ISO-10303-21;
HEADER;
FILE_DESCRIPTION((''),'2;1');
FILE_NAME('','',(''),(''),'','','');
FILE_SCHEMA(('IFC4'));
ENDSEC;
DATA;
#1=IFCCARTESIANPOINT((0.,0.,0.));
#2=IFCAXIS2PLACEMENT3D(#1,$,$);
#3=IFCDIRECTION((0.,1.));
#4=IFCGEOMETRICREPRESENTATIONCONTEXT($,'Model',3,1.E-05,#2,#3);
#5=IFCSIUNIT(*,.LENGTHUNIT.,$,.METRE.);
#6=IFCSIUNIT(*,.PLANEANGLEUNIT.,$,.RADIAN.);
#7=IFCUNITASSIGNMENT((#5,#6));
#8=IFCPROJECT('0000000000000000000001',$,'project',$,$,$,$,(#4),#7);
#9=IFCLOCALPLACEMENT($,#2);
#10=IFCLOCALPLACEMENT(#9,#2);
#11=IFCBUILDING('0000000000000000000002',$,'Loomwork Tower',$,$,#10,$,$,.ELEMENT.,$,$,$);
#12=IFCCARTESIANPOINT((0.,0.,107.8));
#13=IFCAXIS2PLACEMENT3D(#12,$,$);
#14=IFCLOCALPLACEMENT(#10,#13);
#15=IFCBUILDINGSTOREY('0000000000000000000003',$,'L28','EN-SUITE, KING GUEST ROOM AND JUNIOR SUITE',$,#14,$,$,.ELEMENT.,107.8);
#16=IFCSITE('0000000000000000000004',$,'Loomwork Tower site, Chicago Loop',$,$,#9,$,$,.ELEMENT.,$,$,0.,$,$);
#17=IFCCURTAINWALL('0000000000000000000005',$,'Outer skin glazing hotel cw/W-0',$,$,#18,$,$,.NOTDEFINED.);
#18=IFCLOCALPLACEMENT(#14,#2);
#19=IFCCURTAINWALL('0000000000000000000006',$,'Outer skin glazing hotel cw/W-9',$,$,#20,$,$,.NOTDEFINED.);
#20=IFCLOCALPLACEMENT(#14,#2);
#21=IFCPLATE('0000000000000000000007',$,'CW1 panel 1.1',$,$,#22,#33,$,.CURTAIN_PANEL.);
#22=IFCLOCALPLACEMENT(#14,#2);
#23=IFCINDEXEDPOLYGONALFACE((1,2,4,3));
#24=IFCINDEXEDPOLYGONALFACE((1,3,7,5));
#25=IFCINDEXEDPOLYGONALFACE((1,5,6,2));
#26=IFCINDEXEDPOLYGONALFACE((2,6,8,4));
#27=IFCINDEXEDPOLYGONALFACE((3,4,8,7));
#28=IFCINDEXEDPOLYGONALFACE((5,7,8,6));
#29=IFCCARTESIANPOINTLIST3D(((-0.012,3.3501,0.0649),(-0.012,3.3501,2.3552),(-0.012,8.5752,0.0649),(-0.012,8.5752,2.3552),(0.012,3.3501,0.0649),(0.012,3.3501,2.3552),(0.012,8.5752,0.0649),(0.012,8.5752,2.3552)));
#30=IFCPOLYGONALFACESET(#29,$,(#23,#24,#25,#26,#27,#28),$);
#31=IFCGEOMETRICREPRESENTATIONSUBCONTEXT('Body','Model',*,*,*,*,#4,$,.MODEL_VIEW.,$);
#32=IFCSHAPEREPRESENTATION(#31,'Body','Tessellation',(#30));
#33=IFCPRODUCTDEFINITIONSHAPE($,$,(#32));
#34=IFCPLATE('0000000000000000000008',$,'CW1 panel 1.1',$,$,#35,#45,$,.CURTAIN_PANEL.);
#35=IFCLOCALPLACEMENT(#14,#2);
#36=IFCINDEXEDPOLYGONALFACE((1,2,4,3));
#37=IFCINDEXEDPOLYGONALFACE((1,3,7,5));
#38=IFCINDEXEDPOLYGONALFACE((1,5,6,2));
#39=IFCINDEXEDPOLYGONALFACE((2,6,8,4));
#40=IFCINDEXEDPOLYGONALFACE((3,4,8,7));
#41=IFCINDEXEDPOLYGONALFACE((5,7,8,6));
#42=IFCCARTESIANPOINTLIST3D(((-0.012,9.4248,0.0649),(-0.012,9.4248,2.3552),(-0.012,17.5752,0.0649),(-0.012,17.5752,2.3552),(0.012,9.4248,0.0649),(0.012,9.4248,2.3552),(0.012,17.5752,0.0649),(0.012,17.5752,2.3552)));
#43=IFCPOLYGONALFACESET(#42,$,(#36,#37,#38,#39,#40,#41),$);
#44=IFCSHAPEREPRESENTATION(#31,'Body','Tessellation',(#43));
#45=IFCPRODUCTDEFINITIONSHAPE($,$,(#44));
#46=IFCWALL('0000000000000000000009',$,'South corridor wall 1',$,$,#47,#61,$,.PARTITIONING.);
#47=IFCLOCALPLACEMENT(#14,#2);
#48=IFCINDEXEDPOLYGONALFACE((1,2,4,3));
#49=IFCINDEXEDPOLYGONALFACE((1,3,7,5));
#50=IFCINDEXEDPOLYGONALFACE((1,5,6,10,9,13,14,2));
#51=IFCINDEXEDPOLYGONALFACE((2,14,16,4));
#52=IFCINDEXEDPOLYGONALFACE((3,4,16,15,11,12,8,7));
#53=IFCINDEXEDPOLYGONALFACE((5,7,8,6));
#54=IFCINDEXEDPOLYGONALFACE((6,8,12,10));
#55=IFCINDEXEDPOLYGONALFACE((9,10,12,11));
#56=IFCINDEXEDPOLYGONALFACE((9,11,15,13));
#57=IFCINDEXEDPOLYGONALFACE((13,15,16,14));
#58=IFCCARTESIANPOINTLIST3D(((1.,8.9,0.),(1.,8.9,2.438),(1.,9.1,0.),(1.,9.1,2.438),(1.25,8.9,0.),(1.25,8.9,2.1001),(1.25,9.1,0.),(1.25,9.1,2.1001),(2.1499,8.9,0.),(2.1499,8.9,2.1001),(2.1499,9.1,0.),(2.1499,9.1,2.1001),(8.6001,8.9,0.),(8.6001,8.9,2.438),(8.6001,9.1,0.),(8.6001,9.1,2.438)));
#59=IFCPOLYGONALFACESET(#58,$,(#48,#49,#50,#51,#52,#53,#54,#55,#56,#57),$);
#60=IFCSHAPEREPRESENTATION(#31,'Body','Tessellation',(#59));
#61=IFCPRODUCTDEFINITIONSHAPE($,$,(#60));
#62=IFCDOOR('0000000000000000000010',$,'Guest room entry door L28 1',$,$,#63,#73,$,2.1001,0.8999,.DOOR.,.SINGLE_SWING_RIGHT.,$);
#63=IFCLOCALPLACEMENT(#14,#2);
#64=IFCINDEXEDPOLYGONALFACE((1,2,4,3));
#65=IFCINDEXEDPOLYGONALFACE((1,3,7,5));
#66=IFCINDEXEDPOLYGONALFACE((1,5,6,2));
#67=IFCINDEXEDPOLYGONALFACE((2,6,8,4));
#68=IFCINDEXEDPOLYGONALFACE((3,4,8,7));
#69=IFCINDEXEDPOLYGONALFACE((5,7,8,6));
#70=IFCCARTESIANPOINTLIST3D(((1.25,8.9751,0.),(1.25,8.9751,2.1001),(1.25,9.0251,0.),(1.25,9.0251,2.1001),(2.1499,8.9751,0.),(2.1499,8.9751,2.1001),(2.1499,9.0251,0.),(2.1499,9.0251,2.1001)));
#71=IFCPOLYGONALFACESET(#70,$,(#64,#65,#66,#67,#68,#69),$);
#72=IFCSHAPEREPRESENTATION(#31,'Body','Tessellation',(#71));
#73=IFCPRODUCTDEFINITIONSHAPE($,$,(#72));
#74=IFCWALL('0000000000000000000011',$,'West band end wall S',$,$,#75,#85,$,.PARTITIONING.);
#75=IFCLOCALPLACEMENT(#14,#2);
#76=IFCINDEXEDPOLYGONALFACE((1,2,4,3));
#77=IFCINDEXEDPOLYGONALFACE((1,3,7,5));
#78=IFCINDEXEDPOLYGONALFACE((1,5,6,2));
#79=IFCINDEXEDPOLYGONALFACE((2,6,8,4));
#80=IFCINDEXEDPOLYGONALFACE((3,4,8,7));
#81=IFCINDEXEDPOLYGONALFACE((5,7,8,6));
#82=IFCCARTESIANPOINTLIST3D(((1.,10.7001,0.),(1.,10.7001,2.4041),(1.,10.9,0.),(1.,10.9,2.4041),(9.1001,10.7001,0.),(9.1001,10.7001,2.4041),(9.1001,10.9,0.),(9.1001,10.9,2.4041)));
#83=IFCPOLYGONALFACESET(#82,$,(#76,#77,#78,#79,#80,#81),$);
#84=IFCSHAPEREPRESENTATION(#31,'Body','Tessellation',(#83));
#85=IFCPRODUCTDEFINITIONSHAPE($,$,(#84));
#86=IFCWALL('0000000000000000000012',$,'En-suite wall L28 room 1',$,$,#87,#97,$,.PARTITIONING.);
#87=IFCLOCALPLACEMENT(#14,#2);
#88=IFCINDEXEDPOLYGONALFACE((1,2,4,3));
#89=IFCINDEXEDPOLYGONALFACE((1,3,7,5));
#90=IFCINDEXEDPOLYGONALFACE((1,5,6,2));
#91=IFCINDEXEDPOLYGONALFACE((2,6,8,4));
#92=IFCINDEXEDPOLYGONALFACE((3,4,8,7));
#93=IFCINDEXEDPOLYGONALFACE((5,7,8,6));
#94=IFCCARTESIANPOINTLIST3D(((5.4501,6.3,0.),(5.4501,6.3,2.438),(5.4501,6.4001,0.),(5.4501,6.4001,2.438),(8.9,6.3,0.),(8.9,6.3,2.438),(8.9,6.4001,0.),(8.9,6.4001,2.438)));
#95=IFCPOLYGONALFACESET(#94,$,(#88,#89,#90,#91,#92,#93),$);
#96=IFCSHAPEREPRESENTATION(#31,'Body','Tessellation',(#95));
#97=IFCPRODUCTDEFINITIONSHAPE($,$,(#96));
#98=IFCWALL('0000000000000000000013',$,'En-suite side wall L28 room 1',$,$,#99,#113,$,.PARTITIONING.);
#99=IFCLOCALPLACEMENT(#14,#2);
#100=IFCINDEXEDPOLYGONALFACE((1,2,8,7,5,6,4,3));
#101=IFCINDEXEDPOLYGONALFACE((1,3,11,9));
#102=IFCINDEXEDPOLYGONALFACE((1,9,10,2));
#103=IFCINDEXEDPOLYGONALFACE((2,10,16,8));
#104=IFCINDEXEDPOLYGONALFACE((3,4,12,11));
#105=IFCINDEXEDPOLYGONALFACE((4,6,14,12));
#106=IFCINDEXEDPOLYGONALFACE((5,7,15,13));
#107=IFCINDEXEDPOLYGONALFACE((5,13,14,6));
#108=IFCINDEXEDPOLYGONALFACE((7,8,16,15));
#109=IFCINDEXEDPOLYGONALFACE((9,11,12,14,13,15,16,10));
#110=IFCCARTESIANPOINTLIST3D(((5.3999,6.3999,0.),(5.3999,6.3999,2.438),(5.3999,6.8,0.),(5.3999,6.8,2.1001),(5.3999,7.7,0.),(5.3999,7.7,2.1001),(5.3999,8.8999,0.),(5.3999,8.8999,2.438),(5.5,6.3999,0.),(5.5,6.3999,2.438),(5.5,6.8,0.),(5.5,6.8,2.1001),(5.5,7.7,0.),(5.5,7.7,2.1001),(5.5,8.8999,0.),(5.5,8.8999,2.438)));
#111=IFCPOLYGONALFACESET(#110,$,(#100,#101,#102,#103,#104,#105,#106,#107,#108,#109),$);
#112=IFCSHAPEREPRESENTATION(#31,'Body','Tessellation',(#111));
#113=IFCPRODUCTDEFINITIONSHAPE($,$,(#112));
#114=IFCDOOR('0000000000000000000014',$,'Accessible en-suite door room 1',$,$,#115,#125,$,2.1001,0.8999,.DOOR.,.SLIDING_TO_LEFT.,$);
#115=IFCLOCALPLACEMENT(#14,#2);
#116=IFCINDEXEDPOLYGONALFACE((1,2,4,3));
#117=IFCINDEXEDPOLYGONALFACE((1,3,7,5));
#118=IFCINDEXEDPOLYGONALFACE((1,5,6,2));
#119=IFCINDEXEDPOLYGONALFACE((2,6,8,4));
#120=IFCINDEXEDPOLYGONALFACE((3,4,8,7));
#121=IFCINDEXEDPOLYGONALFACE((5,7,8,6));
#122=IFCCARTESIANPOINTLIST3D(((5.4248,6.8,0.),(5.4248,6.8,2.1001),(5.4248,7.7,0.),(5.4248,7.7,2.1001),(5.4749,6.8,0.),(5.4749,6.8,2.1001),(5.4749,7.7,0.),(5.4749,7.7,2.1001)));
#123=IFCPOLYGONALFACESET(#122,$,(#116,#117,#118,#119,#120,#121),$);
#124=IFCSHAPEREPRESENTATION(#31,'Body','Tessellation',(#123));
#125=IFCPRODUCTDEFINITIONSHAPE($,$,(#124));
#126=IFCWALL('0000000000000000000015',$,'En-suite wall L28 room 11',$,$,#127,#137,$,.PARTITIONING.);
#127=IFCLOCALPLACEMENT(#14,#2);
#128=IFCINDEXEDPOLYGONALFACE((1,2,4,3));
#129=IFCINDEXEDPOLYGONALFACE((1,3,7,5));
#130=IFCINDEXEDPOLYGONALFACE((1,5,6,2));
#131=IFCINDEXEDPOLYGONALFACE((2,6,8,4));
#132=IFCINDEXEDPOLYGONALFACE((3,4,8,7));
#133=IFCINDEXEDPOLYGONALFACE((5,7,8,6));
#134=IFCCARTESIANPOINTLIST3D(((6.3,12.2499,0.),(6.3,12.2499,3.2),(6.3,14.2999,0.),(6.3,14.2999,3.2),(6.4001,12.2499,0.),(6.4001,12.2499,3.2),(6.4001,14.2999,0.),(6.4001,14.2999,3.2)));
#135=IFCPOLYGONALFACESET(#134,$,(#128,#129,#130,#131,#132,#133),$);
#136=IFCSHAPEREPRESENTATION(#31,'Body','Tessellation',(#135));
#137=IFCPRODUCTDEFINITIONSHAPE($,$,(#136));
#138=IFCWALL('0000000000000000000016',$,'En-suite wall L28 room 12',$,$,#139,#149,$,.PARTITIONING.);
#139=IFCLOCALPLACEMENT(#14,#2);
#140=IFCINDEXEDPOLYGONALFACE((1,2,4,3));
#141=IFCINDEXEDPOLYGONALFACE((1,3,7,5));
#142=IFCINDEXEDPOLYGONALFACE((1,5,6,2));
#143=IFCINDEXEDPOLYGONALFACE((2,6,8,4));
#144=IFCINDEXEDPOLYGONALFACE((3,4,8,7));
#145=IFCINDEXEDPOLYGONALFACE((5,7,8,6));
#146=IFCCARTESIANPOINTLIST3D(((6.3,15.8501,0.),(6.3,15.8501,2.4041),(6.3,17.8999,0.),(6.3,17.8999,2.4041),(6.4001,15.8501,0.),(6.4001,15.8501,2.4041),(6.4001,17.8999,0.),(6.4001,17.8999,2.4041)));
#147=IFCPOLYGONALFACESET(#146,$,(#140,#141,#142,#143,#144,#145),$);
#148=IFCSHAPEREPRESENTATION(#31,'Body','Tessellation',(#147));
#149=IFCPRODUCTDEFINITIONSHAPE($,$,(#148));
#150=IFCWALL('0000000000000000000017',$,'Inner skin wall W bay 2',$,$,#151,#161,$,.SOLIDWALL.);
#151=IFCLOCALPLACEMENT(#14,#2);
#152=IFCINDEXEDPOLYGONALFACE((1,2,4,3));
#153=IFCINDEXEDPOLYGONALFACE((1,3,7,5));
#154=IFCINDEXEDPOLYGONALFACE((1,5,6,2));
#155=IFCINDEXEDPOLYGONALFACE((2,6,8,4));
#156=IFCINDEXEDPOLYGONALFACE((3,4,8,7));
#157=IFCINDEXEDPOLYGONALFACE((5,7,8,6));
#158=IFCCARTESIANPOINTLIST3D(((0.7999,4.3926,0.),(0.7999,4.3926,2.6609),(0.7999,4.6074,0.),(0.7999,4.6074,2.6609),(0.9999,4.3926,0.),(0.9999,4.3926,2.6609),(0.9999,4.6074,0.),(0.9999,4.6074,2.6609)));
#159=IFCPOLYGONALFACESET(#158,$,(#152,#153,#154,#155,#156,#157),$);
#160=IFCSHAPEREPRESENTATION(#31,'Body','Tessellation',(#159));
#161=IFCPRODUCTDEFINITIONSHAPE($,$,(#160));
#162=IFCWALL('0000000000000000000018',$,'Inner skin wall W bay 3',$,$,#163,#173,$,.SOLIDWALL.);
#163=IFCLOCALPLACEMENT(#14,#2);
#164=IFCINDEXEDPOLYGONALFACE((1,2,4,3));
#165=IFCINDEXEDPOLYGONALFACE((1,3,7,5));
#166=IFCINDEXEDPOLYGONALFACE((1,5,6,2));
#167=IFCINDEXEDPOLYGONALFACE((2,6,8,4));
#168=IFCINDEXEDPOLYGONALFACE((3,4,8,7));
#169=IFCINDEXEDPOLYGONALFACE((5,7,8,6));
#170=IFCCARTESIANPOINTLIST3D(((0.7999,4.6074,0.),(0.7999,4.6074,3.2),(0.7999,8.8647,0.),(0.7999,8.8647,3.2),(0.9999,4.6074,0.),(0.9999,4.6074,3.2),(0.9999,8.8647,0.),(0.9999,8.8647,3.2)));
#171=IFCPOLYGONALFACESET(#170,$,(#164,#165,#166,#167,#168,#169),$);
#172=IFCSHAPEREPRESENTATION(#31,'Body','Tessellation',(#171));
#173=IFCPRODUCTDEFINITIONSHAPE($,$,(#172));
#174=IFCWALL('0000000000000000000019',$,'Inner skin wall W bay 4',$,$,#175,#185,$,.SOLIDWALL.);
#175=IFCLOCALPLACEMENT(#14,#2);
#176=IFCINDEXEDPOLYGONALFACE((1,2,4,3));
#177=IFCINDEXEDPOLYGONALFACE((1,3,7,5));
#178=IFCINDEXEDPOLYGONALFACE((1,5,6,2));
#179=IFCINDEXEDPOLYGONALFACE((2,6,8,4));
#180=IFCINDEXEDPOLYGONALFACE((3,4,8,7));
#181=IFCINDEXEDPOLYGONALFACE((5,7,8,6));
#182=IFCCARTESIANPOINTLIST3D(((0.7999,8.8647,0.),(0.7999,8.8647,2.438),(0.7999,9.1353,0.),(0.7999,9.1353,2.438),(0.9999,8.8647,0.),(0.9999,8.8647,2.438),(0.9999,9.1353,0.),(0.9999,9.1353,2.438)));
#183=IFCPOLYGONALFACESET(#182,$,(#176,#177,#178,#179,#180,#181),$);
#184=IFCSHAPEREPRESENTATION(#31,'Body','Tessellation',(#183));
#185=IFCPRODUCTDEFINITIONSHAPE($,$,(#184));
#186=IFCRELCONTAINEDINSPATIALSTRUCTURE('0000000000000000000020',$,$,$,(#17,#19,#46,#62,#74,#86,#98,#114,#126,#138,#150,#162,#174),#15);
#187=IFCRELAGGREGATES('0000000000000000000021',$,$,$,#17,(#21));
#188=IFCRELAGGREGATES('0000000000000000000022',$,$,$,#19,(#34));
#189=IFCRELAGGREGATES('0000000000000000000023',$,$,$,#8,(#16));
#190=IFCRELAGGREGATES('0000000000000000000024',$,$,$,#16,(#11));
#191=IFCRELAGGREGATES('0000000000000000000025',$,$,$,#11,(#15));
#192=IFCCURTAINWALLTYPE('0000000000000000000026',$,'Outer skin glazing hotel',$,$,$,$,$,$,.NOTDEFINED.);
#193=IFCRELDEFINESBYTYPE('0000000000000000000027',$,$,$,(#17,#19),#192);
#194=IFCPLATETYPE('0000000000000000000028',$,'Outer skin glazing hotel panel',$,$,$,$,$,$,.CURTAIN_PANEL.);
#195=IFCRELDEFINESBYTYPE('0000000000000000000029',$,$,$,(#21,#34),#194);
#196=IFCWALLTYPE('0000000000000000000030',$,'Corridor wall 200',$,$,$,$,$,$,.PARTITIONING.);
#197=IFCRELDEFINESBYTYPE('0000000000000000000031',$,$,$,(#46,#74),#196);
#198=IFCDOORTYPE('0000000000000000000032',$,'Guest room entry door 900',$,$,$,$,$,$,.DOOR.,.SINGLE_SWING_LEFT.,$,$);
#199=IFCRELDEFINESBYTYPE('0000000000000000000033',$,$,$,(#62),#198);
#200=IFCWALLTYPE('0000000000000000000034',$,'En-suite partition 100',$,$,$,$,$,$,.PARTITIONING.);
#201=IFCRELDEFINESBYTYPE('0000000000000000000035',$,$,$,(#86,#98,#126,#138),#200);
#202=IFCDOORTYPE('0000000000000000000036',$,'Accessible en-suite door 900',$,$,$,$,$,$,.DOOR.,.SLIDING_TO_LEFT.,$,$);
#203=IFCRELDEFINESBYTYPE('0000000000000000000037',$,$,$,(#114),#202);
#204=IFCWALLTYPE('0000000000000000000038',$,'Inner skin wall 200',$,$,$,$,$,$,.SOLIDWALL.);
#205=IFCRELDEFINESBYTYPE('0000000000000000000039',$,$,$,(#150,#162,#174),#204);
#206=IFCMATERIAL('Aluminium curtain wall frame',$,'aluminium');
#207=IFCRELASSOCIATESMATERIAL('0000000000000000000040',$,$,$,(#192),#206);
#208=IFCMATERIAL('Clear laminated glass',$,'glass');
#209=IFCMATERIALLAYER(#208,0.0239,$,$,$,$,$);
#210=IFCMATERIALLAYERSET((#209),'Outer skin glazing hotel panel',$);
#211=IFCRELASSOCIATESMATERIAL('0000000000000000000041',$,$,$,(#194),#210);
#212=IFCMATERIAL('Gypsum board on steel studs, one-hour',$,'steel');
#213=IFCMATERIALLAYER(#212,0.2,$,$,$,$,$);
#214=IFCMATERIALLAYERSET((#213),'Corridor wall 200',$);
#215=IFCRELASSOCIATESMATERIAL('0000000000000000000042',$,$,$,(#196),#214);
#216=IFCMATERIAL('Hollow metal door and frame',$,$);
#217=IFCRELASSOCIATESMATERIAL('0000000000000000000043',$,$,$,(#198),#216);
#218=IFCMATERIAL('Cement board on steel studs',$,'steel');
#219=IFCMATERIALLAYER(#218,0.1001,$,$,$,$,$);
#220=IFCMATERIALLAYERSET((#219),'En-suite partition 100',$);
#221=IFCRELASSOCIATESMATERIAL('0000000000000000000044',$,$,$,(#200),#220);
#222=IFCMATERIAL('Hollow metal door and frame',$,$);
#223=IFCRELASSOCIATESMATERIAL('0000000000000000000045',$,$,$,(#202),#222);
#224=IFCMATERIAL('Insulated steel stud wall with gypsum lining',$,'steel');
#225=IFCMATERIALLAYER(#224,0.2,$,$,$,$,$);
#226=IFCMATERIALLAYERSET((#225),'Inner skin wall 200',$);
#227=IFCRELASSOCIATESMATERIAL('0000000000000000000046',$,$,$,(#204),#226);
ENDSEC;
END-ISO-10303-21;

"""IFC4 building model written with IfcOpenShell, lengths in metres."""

from ifc_helpers import new_model, si_unit, direction, frame, frame_2d, origin, origin_2d, place, context, subcontext, project, spatial, rectangle, extrude, material, layer, layer_set, type_object, element, fill, aggregate, save


model = new_model("IFC4")

# Units and contexts
model_context = context("Model", 3, precision=1e-05, world=origin(), true_north=direction((0.0, 1.0)))
body_context = subcontext(model_context, "Body", "Model", "MODEL_VIEW")
ifc_project = project(units=[si_unit("LENGTHUNIT", "METRE"), si_unit("PLANEANGLEUNIT", "RADIAN")], contexts=[model_context])

# Site, building, storey
site_placement = place(None, origin())
site = spatial("IfcSite", under=ifc_project, at=site_placement, Name="Loomwork Tower site, Chicago Loop", CompositionType="ELEMENT", RefElevation=0.0)
building_placement = place(site_placement, origin())
building = spatial("IfcBuilding", under=site, at=building_placement, Name="Loomwork Tower", CompositionType="ELEMENT")
storey_placement = place(building_placement, frame((0.0, 0.0, 107.8)))
storey = spatial("IfcBuildingStorey", under=building, at=storey_placement, Name="L28", Description="EN-SUITE, KING GUEST ROOM AND JUNIOR SUITE", CompositionType="ELEMENT", Elevation=107.8)

# Curtain wall
ifc_material_1 = material(Name="Aluminium curtain wall frame", Category="aluminium")
curtain_wall_type = type_object("IfcCurtainWallType", Name="Outer skin glazing hotel", PredefinedType="NOTDEFINED", material=ifc_material_1)
curtain_wall_1_placement = place(storey_placement, origin())
curtain_wall_1 = element("IfcCurtainWall", 1, at=curtain_wall_1_placement, inside=storey, type_object=curtain_wall_type, Name="Outer skin glazing hotel cw/W-0", PredefinedType="NOTDEFINED")

# Curtain wall
curtain_wall_2_placement = place(storey_placement, origin())
curtain_wall_2 = element("IfcCurtainWall", 2, at=curtain_wall_2_placement, inside=storey, type_object=curtain_wall_type, Name="Outer skin glazing hotel cw/W-9", PredefinedType="NOTDEFINED")

# Plates
ifc_material_2 = material(Name="Clear laminated glass", Category="glass")
ifc_layer_1 = layer(ifc_material_2, 0.0239)
ifc_layer_set_1 = layer_set([ifc_layer_1], Name="Outer skin glazing hotel panel")
plate_type = type_object("IfcPlateType", Name="Outer skin glazing hotel panel", PredefinedType="CURTAIN_PANEL", material=ifc_layer_set_1)
plate_1_placement = place(storey_placement, frame((0.0, 5.9626, 0.0649), z_axis=(0.0, 0.0, 1.0), x_axis=(0.0, -1.0, 0.0)))
plate_1 = element("IfcPlate", 3, at=plate_1_placement, type_object=plate_type, Name="CW1 panel 1.1", PredefinedType="CURTAIN_PANEL", context=body_context, shape_type="SweptSolid", body=[
    extrude(rectangle(XDim=5.2251, YDim=0.0239, at=origin_2d()), origin(), (0.0, 0.0, 1.0), 2.2903),
])
aggregate(curtain_wall_1, [plate_1])
plate_2_placement = place(storey_placement, frame((0.0, 13.5, 0.0649), z_axis=(0.0, 0.0, 1.0), x_axis=(0.0, -1.0, 0.0)))
plate_2 = element("IfcPlate", 4, at=plate_2_placement, type_object=plate_type, Name="CW1 panel 1.1", PredefinedType="CURTAIN_PANEL", context=body_context, shape_type="SweptSolid", body=[
    extrude(rectangle(XDim=8.1504, YDim=0.0239, at=origin_2d()), origin(), (0.0, 0.0, 1.0), 2.2903),
])
aggregate(curtain_wall_2, [plate_2])

# Wall, opening, door
ifc_material_3 = material(Name="Gypsum board on steel studs, one-hour", Category="steel")
ifc_layer_2 = layer(ifc_material_3, 0.2)
ifc_layer_set_2 = layer_set([ifc_layer_2], Name="Corridor wall 200")
wall_type_1 = type_object("IfcWallType", Name="Corridor wall 200", PredefinedType="PARTITIONING", material=ifc_layer_set_2)
wall_1_placement = place(storey_placement, frame((1.0, 9.0, 0.0), z_axis=(0.0, 0.0, 1.0), x_axis=(1.0, 0.0, 0.0)))
wall_1 = element("IfcWall", 5, at=wall_1_placement, inside=storey, type_object=wall_type_1, Name="South corridor wall 1", PredefinedType="PARTITIONING", context=body_context, shape_type="SweptSolid", body=[
    extrude(rectangle(XDim=7.6001, YDim=0.2, at=frame_2d((3.8, 0.0))), origin(), (0.0, 0.0, 1.0), 2.438),
])
opening_1_placement = place(wall_1_placement, frame((0.25, 0.0, 0.0)))
opening_1 = element("IfcOpeningElement", 6, at=opening_1_placement, cuts=wall_1, PredefinedType="OPENING", context=body_context, shape_type="SweptSolid", body=[
    extrude(rectangle(XDim=0.8999, YDim=2.1001, at=frame_2d((0.45, 1.05))), frame((0.0, 0.1099, 0.0), z_axis=(0.0, -1.0, 0.0), x_axis=(1.0, 0.0, 0.0)), (0.0, 0.0, 1.0), 0.22),
])
ifc_material_4 = material(Name="Hollow metal door and frame")
door_type_1 = type_object("IfcDoorType", Name="Guest room entry door 900", OperationType="SINGLE_SWING_LEFT", PredefinedType="DOOR", material=ifc_material_4)
door_1_placement = place(opening_1_placement, frame((0.8999, 0.0, 0.0), z_axis=(0.0, 0.0, 1.0), x_axis=(-1.0, 0.0, 0.0)))
door_1 = element("IfcDoor", 7, at=door_1_placement, inside=storey, type_object=door_type_1, Name="Guest room entry door L28 1", OperationType="SINGLE_SWING_RIGHT", OverallHeight=2.1001, OverallWidth=0.8999, PredefinedType="DOOR", context=body_context, shape_type="SweptSolid", body=[
    extrude(rectangle(XDim=0.8999, YDim=2.1001, at=frame_2d((0.45, 1.05))), frame((0.0, 0.0249, 0.0), z_axis=(0.0, -1.0, 0.0), x_axis=(1.0, 0.0, 0.0)), (0.0, 0.0, 1.0), 0.05),
])
fill(opening_1, door_1)

# Walls
wall_2_placement = place(storey_placement, frame((1.0, 10.8, 0.0), z_axis=(0.0, 0.0, 1.0), x_axis=(1.0, 0.0, 0.0)))
element("IfcWall", 8, at=wall_2_placement, inside=storey, type_object=wall_type_1, Name="West band end wall S", PredefinedType="PARTITIONING", context=body_context, shape_type="SweptSolid", body=[
    extrude(rectangle(XDim=8.1001, YDim=0.2, at=frame_2d((4.05, 0.0))), origin(), (0.0, 0.0, 1.0), 2.4041),
])
ifc_material_5 = material(Name="Cement board on steel studs", Category="steel")
ifc_layer_3 = layer(ifc_material_5, 0.1001)
ifc_layer_set_3 = layer_set([ifc_layer_3], Name="En-suite partition 100")
wall_type_2 = type_object("IfcWallType", Name="En-suite partition 100", PredefinedType="PARTITIONING", material=ifc_layer_set_3)
wall_3_placement = place(storey_placement, frame((5.45, 6.3501, 0.0), z_axis=(0.0, 0.0, 1.0), x_axis=(1.0, 0.0, 0.0)))
element("IfcWall", 9, at=wall_3_placement, inside=storey, type_object=wall_type_2, Name="En-suite wall L28 room 1", PredefinedType="PARTITIONING", context=body_context, shape_type="SweptSolid", body=[
    extrude(rectangle(XDim=3.45, YDim=0.1001, at=frame_2d((1.7251, 0.0))), origin(), (0.0, 0.0, 1.0), 2.438),
])

# Wall, opening, door
wall_4_placement = place(storey_placement, frame((5.45, 8.8999, 0.0), z_axis=(0.0, 0.0, 1.0), x_axis=(0.0, -1.0, 0.0)))
wall_4 = element("IfcWall", 10, at=wall_4_placement, inside=storey, type_object=wall_type_2, Name="En-suite side wall L28 room 1", PredefinedType="PARTITIONING", context=body_context, shape_type="SweptSolid", body=[
    extrude(rectangle(XDim=2.5, YDim=0.1001, at=frame_2d((1.25, 0.0))), origin(), (0.0, 0.0, 1.0), 2.438),
])
opening_2_placement = place(wall_4_placement, frame((1.2, 0.0, 0.0)))
opening_2 = element("IfcOpeningElement", 11, at=opening_2_placement, cuts=wall_4, PredefinedType="OPENING", context=body_context, shape_type="SweptSolid", body=[
    extrude(rectangle(XDim=0.8999, YDim=2.1001, at=frame_2d((0.45, 1.05))), frame((0.0, 0.0601, 0.0), z_axis=(0.0, -1.0, 0.0), x_axis=(1.0, 0.0, 0.0)), (0.0, 0.0, 1.0), 0.1201),
])
ifc_material_6 = material(Name="Hollow metal door and frame")
door_type_2 = type_object("IfcDoorType", Name="Accessible en-suite door 900", OperationType="SLIDING_TO_LEFT", PredefinedType="DOOR", material=ifc_material_6)
door_2_placement = place(opening_2_placement, origin())
door_2 = element("IfcDoor", 12, at=door_2_placement, inside=storey, type_object=door_type_2, Name="Accessible en-suite door room 1", OperationType="SLIDING_TO_LEFT", OverallHeight=2.1001, OverallWidth=0.8999, PredefinedType="DOOR", context=body_context, shape_type="SweptSolid", body=[
    extrude(rectangle(XDim=0.8999, YDim=2.1001, at=frame_2d((0.45, 1.05))), frame((0.0, 0.0249, 0.0), z_axis=(0.0, -1.0, 0.0), x_axis=(1.0, 0.0, 0.0)), (0.0, 0.0, 1.0), 0.05),
])
fill(opening_2, door_2)

# Walls
wall_5_placement = place(storey_placement, frame((6.3501, 12.25, 0.0), z_axis=(0.0, 0.0, 1.0), x_axis=(0.0, 1.0, 0.0)))
element("IfcWall", 13, at=wall_5_placement, inside=storey, type_object=wall_type_2, Name="En-suite wall L28 room 11", PredefinedType="PARTITIONING", context=body_context, shape_type="SweptSolid", body=[
    extrude(rectangle(XDim=2.05, YDim=0.1001, at=frame_2d((1.0249, 0.0))), origin(), (0.0, 0.0, 1.0), 3.2),
])
wall_6_placement = place(storey_placement, frame((6.3501, 15.8501, 0.0), z_axis=(0.0, 0.0, 1.0), x_axis=(0.0, 1.0, 0.0)))
element("IfcWall", 14, at=wall_6_placement, inside=storey, type_object=wall_type_2, Name="En-suite wall L28 room 12", PredefinedType="PARTITIONING", context=body_context, shape_type="SweptSolid", body=[
    extrude(rectangle(XDim=2.0498, YDim=0.1001, at=frame_2d((1.0249, 0.0))), origin(), (0.0, 0.0, 1.0), 2.4041),
])
ifc_material_7 = material(Name="Insulated steel stud wall with gypsum lining", Category="steel")
ifc_layer_4 = layer(ifc_material_7, 0.2)
ifc_layer_set_4 = layer_set([ifc_layer_4], Name="Inner skin wall 200")
wall_type_3 = type_object("IfcWallType", Name="Inner skin wall 200", PredefinedType="SOLIDWALL", material=ifc_layer_set_4)
wall_7_placement = place(storey_placement, frame((0.8999, 4.3926, 0.0), z_axis=(0.0, 0.0, 1.0), x_axis=(0.0, 1.0, 0.0)))
element("IfcWall", 15, at=wall_7_placement, inside=storey, type_object=wall_type_3, Name="Inner skin wall W bay 2", PredefinedType="SOLIDWALL", context=body_context, shape_type="SweptSolid", body=[
    extrude(rectangle(XDim=0.2148, YDim=0.2, at=frame_2d((0.1074, 0.0))), origin(), (0.0, 0.0, 1.0), 2.6609),
])
wall_8_placement = place(storey_placement, frame((0.8999, 4.6074, 0.0), z_axis=(0.0, 0.0, 1.0), x_axis=(0.0, 1.0, 0.0)))
element("IfcWall", 16, at=wall_8_placement, inside=storey, type_object=wall_type_3, Name="Inner skin wall W bay 3", PredefinedType="SOLIDWALL", context=body_context, shape_type="SweptSolid", body=[
    extrude(rectangle(XDim=4.2573, YDim=0.2, at=frame_2d((2.1287, 0.0))), origin(), (0.0, 0.0, 1.0), 3.2),
])
wall_9_placement = place(storey_placement, frame((0.8999, 8.8647, 0.0), z_axis=(0.0, 0.0, 1.0), x_axis=(0.0, 1.0, 0.0)))
element("IfcWall", 17, at=wall_9_placement, inside=storey, type_object=wall_type_3, Name="Inner skin wall W bay 4", PredefinedType="SOLIDWALL", context=body_context, shape_type="SweptSolid", body=[
    extrude(rectangle(XDim=0.2705, YDim=0.2, at=frame_2d((0.1353, 0.0))), origin(), (0.0, 0.0, 1.0), 2.438),
])

save(model, "model.ifc")
